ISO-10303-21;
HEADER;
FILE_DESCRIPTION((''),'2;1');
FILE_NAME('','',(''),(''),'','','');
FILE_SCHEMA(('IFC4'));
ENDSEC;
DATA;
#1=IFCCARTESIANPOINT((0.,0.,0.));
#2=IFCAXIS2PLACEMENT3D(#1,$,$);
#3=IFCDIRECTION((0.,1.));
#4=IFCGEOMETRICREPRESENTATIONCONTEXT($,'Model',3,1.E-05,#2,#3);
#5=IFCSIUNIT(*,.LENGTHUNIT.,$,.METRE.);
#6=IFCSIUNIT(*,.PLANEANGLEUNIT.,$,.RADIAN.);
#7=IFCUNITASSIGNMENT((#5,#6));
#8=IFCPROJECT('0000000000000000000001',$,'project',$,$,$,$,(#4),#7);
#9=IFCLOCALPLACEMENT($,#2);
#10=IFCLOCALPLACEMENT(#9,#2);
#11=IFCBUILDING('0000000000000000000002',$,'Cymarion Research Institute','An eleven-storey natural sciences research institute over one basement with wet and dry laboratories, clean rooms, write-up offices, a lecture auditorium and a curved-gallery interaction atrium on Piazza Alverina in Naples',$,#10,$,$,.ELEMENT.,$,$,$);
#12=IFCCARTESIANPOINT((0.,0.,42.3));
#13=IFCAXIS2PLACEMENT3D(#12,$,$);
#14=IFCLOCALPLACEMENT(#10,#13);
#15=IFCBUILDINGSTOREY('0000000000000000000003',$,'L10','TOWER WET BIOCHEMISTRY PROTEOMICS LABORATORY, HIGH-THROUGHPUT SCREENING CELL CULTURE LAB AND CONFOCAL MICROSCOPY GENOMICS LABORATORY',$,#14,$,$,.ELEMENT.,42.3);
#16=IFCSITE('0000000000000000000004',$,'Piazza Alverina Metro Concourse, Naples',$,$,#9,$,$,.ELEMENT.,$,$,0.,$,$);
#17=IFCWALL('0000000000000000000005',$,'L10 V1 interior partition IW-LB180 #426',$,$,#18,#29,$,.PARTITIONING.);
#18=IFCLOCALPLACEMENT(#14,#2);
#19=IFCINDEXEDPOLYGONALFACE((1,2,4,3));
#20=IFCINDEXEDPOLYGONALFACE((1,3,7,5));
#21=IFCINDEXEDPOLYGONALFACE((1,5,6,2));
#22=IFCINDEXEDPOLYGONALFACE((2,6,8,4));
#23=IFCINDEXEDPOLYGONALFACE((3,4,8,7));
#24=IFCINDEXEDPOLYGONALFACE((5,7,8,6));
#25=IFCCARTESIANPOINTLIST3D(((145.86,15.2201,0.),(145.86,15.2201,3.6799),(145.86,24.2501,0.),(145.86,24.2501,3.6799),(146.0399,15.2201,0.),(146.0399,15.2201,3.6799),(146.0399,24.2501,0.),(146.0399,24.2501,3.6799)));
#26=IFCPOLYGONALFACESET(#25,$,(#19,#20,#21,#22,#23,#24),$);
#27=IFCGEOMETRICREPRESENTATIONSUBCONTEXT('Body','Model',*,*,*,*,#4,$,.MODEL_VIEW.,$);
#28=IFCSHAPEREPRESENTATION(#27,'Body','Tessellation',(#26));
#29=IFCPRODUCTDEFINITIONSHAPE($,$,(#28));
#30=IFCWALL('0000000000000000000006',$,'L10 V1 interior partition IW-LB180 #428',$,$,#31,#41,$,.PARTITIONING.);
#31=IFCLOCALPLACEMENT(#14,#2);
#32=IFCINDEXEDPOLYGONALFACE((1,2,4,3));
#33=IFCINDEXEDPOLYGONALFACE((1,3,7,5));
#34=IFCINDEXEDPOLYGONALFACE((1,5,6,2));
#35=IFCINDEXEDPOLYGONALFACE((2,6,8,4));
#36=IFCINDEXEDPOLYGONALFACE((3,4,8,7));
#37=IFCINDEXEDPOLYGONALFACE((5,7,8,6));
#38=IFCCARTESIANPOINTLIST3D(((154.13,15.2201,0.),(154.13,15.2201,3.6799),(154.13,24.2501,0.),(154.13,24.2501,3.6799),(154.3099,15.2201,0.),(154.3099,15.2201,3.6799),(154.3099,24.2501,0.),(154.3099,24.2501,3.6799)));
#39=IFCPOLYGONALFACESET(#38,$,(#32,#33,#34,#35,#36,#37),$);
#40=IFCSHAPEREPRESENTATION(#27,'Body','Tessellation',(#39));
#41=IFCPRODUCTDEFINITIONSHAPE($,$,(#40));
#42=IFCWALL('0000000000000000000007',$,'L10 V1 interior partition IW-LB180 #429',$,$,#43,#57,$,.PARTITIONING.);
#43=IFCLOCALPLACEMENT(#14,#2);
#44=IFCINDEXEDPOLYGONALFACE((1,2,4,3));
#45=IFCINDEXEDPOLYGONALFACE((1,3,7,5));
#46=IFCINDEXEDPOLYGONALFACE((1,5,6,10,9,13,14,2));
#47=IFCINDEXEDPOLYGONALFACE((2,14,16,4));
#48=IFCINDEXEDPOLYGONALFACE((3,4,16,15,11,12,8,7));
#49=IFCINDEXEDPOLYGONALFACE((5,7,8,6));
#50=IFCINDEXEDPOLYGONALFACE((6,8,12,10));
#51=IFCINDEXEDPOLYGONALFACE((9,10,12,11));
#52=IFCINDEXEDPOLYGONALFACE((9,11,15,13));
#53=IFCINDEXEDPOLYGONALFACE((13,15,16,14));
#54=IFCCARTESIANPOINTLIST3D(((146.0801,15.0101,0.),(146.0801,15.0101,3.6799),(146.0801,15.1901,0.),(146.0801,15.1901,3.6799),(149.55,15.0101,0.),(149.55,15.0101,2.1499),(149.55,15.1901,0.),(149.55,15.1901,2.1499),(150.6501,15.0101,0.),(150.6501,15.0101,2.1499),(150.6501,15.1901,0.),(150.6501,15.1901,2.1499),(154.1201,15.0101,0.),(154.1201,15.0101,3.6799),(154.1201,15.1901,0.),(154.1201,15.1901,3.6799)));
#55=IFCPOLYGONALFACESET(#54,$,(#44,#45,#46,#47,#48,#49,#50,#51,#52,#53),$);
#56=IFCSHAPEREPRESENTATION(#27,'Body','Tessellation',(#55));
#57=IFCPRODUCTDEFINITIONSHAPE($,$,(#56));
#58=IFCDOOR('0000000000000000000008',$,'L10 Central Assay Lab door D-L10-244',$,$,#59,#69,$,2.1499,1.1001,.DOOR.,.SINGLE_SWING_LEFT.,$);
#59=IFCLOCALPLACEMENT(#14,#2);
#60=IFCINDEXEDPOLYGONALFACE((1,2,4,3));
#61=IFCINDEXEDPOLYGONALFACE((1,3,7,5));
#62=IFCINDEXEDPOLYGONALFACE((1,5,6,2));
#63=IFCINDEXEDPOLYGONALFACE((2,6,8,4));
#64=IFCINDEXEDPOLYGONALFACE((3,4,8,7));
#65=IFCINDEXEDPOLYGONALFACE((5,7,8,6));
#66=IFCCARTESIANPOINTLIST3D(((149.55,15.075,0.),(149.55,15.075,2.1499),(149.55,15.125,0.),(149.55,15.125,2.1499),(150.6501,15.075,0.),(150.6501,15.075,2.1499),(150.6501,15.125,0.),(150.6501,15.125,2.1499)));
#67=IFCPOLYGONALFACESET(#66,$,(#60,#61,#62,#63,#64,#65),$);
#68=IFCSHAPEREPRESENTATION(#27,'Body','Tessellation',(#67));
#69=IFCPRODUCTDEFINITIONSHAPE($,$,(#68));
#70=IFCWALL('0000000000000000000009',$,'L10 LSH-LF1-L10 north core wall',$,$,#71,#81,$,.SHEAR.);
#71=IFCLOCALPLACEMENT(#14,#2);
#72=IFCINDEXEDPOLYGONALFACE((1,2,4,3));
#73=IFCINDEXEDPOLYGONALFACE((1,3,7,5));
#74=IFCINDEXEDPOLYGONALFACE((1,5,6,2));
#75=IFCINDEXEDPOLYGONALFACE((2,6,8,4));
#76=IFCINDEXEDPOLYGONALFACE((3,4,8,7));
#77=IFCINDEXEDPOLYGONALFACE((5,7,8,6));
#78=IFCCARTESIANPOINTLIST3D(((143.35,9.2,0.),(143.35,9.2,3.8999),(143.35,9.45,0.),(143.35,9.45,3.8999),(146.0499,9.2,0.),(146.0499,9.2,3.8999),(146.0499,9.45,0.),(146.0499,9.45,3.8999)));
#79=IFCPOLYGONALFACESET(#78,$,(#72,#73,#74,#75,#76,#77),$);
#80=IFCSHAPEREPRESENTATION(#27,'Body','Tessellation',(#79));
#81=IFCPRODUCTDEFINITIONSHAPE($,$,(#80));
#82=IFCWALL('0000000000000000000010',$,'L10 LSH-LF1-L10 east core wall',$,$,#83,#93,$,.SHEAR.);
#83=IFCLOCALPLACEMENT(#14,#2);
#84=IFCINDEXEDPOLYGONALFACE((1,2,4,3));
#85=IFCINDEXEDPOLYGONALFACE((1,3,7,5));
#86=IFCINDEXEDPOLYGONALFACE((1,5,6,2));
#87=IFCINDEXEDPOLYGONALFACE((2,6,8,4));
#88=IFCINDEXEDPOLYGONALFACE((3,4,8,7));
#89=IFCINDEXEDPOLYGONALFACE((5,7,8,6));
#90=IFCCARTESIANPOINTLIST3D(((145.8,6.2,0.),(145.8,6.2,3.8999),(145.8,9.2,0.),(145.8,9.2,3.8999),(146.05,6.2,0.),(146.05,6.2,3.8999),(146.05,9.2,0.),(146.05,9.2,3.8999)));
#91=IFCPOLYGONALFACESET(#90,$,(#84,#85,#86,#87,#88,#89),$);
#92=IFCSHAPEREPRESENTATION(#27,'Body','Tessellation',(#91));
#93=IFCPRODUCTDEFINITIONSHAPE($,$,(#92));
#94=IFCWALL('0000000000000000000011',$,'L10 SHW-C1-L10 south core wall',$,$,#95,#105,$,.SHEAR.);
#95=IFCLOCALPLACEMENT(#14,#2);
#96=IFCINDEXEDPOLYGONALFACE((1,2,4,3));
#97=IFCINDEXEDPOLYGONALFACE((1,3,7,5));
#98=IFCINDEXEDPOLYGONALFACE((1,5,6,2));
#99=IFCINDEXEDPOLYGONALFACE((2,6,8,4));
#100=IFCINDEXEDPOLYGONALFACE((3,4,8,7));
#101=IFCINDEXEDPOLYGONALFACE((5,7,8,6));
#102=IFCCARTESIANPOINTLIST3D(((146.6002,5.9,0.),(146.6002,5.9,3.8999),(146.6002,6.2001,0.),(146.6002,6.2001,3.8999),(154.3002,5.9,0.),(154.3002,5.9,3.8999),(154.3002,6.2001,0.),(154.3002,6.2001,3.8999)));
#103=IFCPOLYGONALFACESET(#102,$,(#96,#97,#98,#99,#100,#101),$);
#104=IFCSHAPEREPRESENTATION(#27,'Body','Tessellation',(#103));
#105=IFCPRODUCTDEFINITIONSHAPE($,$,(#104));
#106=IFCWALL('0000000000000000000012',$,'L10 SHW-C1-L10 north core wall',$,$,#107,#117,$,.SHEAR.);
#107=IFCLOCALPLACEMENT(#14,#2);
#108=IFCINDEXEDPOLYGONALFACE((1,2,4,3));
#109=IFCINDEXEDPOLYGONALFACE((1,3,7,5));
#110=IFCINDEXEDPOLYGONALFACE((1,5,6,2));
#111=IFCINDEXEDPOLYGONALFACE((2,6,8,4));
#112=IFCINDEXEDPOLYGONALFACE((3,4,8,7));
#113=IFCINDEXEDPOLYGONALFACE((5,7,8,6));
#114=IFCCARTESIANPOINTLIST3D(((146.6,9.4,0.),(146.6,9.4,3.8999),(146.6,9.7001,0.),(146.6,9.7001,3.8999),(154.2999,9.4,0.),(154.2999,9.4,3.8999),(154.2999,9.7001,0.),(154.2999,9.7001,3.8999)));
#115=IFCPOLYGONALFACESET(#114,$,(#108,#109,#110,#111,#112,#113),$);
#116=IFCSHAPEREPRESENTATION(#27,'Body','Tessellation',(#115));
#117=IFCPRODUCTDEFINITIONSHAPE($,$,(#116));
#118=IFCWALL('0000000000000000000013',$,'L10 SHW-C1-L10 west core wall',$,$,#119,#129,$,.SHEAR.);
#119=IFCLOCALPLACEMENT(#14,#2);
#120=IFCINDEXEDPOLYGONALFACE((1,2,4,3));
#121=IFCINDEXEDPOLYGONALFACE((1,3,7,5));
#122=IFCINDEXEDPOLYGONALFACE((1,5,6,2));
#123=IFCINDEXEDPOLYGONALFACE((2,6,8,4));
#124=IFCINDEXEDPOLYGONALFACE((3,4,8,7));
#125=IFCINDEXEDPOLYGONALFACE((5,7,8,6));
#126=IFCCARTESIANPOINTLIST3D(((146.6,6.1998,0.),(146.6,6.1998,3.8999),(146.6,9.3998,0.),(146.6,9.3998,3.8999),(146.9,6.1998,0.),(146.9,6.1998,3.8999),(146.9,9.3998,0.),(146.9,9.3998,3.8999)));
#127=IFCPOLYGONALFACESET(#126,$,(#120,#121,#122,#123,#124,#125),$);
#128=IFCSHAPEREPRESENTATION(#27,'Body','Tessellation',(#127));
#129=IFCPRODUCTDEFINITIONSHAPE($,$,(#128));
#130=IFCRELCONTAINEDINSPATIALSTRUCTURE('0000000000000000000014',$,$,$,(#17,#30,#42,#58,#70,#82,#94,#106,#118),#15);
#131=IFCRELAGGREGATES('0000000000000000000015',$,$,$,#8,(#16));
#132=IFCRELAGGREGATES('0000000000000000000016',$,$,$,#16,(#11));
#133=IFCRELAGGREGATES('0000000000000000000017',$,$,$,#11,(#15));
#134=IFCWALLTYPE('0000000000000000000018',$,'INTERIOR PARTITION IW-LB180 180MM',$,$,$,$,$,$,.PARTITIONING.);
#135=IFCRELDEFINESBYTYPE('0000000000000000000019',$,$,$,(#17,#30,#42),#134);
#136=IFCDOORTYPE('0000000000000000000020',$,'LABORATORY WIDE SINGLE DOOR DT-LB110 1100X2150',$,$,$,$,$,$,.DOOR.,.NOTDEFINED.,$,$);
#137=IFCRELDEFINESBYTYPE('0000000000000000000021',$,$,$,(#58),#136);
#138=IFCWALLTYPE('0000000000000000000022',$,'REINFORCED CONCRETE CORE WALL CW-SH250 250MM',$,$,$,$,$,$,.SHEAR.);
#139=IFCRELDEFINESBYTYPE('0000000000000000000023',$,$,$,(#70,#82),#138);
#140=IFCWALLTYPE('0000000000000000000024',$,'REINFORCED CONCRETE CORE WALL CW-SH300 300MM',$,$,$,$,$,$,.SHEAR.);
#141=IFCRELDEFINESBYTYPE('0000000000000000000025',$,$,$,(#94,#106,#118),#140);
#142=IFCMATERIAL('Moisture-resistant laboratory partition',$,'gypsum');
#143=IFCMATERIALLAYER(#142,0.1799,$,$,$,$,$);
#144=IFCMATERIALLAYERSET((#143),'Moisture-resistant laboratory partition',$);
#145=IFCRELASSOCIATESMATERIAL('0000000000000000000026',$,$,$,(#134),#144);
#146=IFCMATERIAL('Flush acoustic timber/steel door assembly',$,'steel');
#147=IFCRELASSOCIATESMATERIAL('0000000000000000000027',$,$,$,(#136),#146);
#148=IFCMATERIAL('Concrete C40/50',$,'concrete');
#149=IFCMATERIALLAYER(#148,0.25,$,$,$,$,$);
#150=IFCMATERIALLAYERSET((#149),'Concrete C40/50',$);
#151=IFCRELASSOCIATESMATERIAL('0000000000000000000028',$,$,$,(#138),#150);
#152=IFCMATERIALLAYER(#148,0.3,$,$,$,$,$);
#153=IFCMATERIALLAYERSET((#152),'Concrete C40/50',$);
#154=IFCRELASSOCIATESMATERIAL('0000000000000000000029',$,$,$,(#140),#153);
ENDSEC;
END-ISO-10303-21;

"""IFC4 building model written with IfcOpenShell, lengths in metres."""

from ifc_helpers import new_model, si_unit, direction, frame, frame_2d, origin, place, context, subcontext, project, spatial, rectangle, extrude, material, layer, layer_set, type_object, element, fill, save


model = new_model("IFC4")

# Units and contexts
model_context = context("Model", 3, precision=1e-05, world=origin(), true_north=direction((0.0, 1.0)))
body_context = subcontext(model_context, "Body", "Model", "MODEL_VIEW")
ifc_project = project(units=[si_unit("LENGTHUNIT", "METRE"), si_unit("PLANEANGLEUNIT", "RADIAN")], contexts=[model_context])

# Site, building, storey
site_placement = place(None, origin())
site = spatial("IfcSite", under=ifc_project, at=site_placement, Name="Piazza Alverina Metro Concourse, Naples", CompositionType="ELEMENT", RefElevation=0.0)
building_placement = place(site_placement, origin())
building = spatial("IfcBuilding", under=site, at=building_placement, Name="Cymarion Research Institute", Description="An eleven-storey natural sciences research institute over one basement with wet and dry laboratories, clean rooms, write-up offices, a lecture auditorium and a curved-gallery interaction atrium on Piazza Alverina in Naples", CompositionType="ELEMENT")
storey_placement = place(building_placement, frame((0.0, 0.0, 42.3)))
storey = spatial("IfcBuildingStorey", under=building, at=storey_placement, Name="L10", Description="TOWER WET BIOCHEMISTRY PROTEOMICS LABORATORY, HIGH-THROUGHPUT SCREENING CELL CULTURE LAB AND CONFOCAL MICROSCOPY GENOMICS LABORATORY", CompositionType="ELEMENT", Elevation=42.3)

# Shared definitions
ifc_material_1 = material(Name="Concrete C40/50", Category="concrete")

# Walls
ifc_material_2 = material(Name="Moisture-resistant laboratory partition", Category="gypsum")
ifc_layer_1 = layer(ifc_material_2, 0.1799)
ifc_layer_set_1 = layer_set([ifc_layer_1], Name="Moisture-resistant laboratory partition")
wall_type_1 = type_object("IfcWallType", Name="INTERIOR PARTITION IW-LB180 180MM", PredefinedType="PARTITIONING", material=ifc_layer_set_1)
for number, where, z_axis, x_axis, name in (
    (1, (145.95, 15.22, 0.0), (0.0, 0.0, 1.0), (0.0, 1.0, 0.0), "L10 V1 interior partition IW-LB180 #426"),
    (2, (154.22, 15.22, 0.0), (0.0, 0.0, 1.0), (0.0, 1.0, 0.0), "L10 V1 interior partition IW-LB180 #428"),
):
    element("IfcWall", number, at=place(storey_placement, frame(where, z_axis=z_axis, x_axis=x_axis)), inside=storey, type_object=wall_type_1, Name=name, PredefinedType="PARTITIONING", context=body_context, shape_type="SweptSolid", body=[
        extrude(rectangle(XDim=9.03, YDim=0.1799, at=frame_2d((4.5151, 0.0))), origin(), (0.0, 0.0, 1.0), 3.6799),
    ])

# Wall, opening, door
wall_1_placement = place(storey_placement, frame((146.0801, 15.1001, 0.0), z_axis=(0.0, 0.0, 1.0), x_axis=(1.0, 0.0, 0.0)))
wall_1 = element("IfcWall", 3, at=wall_1_placement, inside=storey, type_object=wall_type_1, Name="L10 V1 interior partition IW-LB180 #429", PredefinedType="PARTITIONING", context=body_context, shape_type="SweptSolid", body=[
    extrude(rectangle(XDim=8.04, YDim=0.1799, at=frame_2d((4.02, 0.0))), origin(), (0.0, 0.0, 1.0), 3.6799),
])
opening_1_placement = place(wall_1_placement, frame((3.47, 0.0, 0.0)))
opening_1 = element("IfcOpeningElement", 4, at=opening_1_placement, cuts=wall_1, PredefinedType="OPENING", context=body_context, shape_type="SweptSolid", body=[
    extrude(rectangle(XDim=1.1001, YDim=2.1499, at=frame_2d((0.55, 1.075))), frame((0.0, 0.0999, 0.0), z_axis=(0.0, -1.0, 0.0), x_axis=(1.0, 0.0, 0.0)), (0.0, 0.0, 1.0), 0.2),
])
ifc_material_3 = material(Name="Flush acoustic timber/steel door assembly", Category="steel")
door_type_1 = type_object("IfcDoorType", Name="LABORATORY WIDE SINGLE DOOR DT-LB110 1100X2150", OperationType="NOTDEFINED", PredefinedType="DOOR", material=ifc_material_3)
door_1_placement = place(opening_1_placement, origin())
door_1 = element("IfcDoor", 5, at=door_1_placement, inside=storey, type_object=door_type_1, Name="L10 Central Assay Lab door D-L10-244", OperationType="SINGLE_SWING_LEFT", OverallHeight=2.1499, OverallWidth=1.1001, PredefinedType="DOOR", context=body_context, shape_type="SweptSolid", body=[
    extrude(rectangle(XDim=1.1001, YDim=2.1499, at=frame_2d((0.55, 1.075))), frame((0.0, 0.0249, 0.0), z_axis=(0.0, -1.0, 0.0), x_axis=(1.0, 0.0, 0.0)), (0.0, 0.0, 1.0), 0.05),
])
fill(opening_1, door_1)

# Walls
ifc_layer_2 = layer(ifc_material_1, 0.25)
ifc_layer_set_2 = layer_set([ifc_layer_2], Name="Concrete C40/50")
wall_type_2 = type_object("IfcWallType", Name="REINFORCED CONCRETE CORE WALL CW-SH250 250MM", PredefinedType="SHEAR", material=ifc_layer_set_2)
wall_2_placement = place(storey_placement, frame((146.05, 9.325, 0.0), z_axis=(0.0, 0.0, 1.0), x_axis=(-1.0, 0.0, 0.0)))
element("IfcWall", 6, at=wall_2_placement, inside=storey, type_object=wall_type_2, Name="L10 LSH-LF1-L10 north core wall", PredefinedType="SHEAR", context=body_context, shape_type="SweptSolid", body=[
    extrude(rectangle(XDim=2.7, YDim=0.25, at=frame_2d((1.3501, 0.0))), origin(), (0.0, 0.0, 1.0), 3.8999),
])
wall_3_placement = place(storey_placement, frame((145.925, 6.2, 0.0), z_axis=(0.0, 0.0, 1.0), x_axis=(0.0, 1.0, 0.0)))
element("IfcWall", 7, at=wall_3_placement, inside=storey, type_object=wall_type_2, Name="L10 LSH-LF1-L10 east core wall", PredefinedType="SHEAR", context=body_context, shape_type="SweptSolid", body=[
    extrude(rectangle(XDim=3.0, YDim=0.25, at=frame_2d((1.5, 0.0))), origin(), (0.0, 0.0, 1.0), 3.8999),
])
ifc_layer_3 = layer(ifc_material_1, 0.3)
ifc_layer_set_3 = layer_set([ifc_layer_3], Name="Concrete C40/50")
wall_type_3 = type_object("IfcWallType", Name="REINFORCED CONCRETE CORE WALL CW-SH300 300MM", PredefinedType="SHEAR", material=ifc_layer_set_3)
for number, where, z_axis, x_axis, name in (
    (8, (146.6001, 6.05, 0.0), (0.0, 0.0, 1.0), (1.0, 0.0, 0.0), "L10 SHW-C1-L10 south core wall"),
    (9, (154.3, 9.55, 0.0), (0.0, 0.0, 1.0), (-1.0, 0.0, 0.0), "L10 SHW-C1-L10 north core wall"),
):
    element("IfcWall", number, at=place(storey_placement, frame(where, z_axis=z_axis, x_axis=x_axis)), inside=storey, type_object=wall_type_3, Name=name, PredefinedType="SHEAR", context=body_context, shape_type="SweptSolid", body=[
        extrude(rectangle(XDim=7.7, YDim=0.3, at=frame_2d((3.8501, 0.0))), origin(), (0.0, 0.0, 1.0), 3.8999),
    ])
wall_4_placement = place(storey_placement, frame((146.75, 9.3999, 0.0), z_axis=(0.0, 0.0, 1.0), x_axis=(0.0, -1.0, 0.0)))
element("IfcWall", 10, at=wall_4_placement, inside=storey, type_object=wall_type_3, Name="L10 SHW-C1-L10 west core wall", PredefinedType="SHEAR", context=body_context, shape_type="SweptSolid", body=[
    extrude(rectangle(XDim=3.2, YDim=0.3, at=frame_2d((1.6001, 0.0))), origin(), (0.0, 0.0, 1.0), 3.8999),
])

save(model, "model.ifc")
